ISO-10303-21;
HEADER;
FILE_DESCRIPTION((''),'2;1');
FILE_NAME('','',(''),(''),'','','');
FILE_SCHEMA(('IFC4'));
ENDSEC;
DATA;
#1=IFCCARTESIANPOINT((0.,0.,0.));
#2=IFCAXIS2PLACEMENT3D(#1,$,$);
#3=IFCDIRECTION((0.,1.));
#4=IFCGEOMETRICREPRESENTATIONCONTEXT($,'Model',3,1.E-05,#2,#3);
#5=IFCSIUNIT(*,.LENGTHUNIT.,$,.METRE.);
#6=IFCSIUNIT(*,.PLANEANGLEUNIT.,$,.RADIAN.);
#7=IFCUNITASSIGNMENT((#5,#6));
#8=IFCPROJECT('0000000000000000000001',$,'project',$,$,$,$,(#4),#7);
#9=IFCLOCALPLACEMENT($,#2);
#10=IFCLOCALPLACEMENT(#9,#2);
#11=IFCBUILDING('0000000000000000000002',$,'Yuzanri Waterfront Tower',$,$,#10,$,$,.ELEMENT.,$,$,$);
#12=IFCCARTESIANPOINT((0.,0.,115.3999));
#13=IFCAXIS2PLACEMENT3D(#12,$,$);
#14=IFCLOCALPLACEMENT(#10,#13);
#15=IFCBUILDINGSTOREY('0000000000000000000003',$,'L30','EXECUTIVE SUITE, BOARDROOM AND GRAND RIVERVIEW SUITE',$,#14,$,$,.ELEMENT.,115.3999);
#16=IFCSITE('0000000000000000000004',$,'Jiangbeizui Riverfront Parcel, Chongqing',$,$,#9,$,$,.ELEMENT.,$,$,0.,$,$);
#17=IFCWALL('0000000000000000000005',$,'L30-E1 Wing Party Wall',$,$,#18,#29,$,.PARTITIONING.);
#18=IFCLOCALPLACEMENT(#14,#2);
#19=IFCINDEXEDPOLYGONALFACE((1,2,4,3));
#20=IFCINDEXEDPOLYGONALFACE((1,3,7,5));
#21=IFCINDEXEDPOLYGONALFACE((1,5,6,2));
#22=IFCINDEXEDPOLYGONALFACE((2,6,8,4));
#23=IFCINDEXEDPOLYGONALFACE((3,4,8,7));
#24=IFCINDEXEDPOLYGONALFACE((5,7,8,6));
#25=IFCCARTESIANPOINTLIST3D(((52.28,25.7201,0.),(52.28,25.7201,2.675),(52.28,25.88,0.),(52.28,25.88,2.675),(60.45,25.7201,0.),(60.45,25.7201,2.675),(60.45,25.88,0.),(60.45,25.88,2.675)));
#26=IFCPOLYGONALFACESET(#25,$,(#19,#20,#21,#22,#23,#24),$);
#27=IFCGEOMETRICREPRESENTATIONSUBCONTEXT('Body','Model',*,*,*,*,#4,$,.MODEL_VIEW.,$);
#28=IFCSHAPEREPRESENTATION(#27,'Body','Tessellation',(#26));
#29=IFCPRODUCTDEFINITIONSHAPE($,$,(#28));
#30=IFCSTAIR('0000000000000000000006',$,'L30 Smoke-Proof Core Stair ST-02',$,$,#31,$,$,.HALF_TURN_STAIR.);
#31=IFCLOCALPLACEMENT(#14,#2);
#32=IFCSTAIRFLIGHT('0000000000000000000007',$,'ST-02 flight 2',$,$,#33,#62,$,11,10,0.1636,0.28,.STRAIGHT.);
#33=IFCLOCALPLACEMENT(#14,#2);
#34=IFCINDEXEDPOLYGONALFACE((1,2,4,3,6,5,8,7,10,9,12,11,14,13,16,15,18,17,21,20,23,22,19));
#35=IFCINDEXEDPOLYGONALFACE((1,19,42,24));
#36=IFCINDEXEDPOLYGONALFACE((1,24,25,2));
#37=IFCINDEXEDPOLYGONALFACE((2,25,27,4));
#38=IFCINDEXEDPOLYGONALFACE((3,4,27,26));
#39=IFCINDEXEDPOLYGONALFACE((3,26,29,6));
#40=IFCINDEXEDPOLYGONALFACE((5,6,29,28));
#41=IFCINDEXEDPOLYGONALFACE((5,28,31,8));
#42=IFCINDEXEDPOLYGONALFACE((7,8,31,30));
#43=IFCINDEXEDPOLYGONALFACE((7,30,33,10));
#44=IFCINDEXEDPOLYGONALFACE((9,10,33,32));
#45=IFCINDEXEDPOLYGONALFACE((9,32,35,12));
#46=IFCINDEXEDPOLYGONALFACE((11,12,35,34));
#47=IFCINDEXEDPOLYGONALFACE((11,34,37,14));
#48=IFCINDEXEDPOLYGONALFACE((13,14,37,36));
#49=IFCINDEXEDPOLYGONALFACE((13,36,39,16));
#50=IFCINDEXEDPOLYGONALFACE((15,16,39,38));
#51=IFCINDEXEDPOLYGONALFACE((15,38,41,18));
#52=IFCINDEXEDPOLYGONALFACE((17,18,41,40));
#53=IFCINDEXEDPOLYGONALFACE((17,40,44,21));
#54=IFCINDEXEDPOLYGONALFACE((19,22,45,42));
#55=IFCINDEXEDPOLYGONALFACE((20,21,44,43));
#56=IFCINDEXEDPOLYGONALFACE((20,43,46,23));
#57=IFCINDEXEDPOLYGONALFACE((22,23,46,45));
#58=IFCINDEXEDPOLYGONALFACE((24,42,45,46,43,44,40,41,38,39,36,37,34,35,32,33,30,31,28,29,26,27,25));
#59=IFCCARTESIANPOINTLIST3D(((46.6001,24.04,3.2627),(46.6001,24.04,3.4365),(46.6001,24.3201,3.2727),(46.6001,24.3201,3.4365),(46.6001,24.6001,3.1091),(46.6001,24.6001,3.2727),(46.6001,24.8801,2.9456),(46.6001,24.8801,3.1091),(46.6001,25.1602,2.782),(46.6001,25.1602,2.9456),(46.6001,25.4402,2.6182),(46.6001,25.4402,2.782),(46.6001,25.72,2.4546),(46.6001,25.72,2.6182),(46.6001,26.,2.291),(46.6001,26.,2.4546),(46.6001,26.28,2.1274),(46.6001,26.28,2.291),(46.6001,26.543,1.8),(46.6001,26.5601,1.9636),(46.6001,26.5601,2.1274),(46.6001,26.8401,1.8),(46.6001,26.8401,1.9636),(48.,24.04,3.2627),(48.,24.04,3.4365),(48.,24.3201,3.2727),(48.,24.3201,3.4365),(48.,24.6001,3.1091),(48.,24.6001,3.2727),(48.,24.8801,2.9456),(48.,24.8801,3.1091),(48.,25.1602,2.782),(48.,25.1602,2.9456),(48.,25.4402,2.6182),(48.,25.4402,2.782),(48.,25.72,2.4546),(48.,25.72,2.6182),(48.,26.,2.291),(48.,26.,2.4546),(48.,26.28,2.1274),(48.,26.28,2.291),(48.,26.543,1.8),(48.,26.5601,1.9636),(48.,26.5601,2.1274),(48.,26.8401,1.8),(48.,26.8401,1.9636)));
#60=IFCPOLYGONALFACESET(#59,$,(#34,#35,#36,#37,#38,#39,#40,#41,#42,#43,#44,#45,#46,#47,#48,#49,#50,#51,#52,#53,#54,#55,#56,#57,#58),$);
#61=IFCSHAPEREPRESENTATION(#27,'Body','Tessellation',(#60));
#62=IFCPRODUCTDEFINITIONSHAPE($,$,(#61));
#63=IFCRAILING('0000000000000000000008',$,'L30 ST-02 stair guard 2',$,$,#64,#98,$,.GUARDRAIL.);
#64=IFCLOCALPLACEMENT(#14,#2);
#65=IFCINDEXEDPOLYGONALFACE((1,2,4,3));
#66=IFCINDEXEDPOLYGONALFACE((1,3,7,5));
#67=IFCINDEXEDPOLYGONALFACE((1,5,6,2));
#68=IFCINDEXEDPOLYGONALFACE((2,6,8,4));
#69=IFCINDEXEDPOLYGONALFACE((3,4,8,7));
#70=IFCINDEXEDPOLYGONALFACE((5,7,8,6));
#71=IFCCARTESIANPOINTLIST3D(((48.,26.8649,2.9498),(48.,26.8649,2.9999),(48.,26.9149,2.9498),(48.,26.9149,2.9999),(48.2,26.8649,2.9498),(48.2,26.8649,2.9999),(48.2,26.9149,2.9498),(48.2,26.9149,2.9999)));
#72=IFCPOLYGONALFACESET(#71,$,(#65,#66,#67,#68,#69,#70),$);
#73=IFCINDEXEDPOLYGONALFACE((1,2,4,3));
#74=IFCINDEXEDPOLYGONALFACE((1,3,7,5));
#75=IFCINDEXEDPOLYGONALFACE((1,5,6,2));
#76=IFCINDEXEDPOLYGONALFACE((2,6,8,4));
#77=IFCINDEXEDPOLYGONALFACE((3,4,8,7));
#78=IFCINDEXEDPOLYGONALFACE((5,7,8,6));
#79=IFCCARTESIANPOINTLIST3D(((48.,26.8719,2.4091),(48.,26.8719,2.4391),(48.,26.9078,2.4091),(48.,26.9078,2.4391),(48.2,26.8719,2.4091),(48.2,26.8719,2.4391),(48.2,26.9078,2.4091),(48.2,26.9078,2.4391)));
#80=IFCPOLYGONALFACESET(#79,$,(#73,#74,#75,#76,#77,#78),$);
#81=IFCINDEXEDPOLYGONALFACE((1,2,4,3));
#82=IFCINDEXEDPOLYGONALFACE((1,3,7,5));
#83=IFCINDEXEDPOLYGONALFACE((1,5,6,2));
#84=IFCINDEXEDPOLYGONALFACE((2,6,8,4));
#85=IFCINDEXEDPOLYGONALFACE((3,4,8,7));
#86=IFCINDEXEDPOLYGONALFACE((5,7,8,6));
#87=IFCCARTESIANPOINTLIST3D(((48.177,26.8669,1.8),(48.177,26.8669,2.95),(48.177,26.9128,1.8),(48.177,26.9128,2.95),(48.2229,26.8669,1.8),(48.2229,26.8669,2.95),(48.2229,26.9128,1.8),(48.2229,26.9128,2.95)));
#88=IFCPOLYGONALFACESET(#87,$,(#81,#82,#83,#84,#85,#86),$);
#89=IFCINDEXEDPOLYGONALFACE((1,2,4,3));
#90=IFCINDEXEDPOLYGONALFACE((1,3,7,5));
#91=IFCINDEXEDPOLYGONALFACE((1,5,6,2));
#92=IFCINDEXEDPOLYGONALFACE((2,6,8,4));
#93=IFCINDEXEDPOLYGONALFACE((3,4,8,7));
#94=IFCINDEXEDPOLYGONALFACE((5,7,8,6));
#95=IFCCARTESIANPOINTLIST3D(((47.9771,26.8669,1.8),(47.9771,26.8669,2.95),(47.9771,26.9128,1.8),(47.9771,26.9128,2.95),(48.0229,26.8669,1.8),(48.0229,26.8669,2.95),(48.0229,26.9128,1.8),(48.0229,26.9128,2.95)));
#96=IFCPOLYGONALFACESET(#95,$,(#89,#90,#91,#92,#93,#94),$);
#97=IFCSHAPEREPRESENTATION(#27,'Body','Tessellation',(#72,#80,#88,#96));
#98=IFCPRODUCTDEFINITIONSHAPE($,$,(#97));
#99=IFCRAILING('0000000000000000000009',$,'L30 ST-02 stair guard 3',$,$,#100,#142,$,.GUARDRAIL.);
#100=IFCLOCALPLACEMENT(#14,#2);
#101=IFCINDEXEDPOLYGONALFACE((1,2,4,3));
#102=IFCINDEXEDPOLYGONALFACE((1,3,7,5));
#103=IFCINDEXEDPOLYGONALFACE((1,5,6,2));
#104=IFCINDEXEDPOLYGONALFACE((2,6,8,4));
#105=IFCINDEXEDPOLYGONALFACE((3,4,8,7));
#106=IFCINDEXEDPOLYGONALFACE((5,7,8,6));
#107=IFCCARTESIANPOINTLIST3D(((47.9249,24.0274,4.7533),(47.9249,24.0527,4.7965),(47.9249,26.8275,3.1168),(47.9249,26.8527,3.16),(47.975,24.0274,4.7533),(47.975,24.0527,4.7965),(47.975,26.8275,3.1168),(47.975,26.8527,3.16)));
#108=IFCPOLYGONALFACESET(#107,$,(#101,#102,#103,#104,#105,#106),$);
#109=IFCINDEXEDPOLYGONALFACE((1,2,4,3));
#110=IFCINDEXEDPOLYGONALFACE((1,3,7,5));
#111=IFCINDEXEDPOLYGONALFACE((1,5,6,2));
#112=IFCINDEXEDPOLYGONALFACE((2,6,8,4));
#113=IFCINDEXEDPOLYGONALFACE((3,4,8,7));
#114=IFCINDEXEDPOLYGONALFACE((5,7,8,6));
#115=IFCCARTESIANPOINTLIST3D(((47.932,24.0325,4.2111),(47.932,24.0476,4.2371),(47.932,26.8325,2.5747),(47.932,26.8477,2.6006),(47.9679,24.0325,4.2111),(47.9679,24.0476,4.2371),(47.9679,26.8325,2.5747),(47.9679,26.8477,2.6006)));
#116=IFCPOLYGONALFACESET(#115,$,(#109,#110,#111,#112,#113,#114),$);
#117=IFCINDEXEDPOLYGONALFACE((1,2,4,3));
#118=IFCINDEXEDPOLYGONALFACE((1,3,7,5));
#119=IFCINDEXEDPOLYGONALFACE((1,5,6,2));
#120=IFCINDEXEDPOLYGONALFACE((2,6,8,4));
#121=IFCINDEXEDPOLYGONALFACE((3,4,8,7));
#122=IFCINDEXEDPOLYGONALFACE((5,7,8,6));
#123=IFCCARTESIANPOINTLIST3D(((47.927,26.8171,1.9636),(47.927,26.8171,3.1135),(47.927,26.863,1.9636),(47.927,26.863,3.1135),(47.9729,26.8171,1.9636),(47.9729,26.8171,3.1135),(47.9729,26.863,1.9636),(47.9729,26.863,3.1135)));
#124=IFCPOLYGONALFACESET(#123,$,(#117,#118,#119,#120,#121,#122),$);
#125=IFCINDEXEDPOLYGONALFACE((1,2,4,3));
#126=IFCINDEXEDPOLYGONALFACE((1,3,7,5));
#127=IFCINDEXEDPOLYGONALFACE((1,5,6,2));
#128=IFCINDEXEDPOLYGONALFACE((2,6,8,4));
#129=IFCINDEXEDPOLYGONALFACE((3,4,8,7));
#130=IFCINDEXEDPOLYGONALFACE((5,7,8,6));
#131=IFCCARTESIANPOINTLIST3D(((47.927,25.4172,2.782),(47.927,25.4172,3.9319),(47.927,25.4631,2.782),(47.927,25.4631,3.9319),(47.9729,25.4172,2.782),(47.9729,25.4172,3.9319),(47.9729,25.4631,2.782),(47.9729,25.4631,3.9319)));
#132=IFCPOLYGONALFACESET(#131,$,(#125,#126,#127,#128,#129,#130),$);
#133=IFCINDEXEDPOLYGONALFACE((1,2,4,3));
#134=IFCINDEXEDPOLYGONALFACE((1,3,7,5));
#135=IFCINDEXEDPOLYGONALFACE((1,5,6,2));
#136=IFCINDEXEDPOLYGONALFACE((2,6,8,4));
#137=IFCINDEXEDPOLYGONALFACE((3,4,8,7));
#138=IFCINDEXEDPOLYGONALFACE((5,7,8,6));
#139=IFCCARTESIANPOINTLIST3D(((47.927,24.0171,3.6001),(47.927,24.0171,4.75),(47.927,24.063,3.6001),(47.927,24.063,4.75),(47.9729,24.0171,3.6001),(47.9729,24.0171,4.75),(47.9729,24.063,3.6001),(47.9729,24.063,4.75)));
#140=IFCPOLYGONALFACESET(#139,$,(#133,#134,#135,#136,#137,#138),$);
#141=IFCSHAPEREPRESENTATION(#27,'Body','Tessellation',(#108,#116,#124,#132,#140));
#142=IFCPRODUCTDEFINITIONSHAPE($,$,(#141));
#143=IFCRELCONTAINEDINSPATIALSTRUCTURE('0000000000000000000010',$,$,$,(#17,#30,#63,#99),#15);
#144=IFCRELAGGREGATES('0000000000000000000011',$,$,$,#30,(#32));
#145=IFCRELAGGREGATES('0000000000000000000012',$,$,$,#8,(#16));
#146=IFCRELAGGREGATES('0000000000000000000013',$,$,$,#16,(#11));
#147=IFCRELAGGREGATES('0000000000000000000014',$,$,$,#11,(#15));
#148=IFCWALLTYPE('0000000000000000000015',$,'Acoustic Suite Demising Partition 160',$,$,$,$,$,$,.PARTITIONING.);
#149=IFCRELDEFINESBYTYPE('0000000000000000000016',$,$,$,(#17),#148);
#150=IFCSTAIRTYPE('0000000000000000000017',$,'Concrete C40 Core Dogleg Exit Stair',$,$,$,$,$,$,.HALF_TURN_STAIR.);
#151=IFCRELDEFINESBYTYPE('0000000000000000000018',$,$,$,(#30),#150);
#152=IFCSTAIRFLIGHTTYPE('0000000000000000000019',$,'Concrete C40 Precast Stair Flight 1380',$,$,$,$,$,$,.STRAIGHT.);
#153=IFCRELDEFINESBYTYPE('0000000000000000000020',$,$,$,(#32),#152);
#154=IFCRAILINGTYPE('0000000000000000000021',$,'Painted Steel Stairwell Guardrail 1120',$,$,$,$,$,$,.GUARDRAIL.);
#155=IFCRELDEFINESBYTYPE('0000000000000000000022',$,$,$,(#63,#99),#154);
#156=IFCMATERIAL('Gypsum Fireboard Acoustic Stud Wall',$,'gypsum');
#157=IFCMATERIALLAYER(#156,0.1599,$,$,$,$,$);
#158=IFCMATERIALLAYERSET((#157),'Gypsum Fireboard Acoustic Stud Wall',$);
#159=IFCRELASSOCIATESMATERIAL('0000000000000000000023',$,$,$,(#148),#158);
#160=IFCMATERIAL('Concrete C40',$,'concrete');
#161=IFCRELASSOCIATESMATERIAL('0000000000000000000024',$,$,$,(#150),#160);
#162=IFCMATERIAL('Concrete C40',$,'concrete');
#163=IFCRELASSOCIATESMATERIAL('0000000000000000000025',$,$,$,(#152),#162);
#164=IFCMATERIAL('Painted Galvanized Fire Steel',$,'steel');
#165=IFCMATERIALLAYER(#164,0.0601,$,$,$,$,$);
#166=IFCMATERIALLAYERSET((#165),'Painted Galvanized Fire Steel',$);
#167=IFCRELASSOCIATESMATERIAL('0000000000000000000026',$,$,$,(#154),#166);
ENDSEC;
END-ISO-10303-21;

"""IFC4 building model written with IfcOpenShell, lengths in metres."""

from ifc_helpers import new_model, si_unit, direction, frame, frame_2d, origin, origin_2d, place, context, subcontext, project, spatial, polyline, rectangle, outline, extrude, source, transform, mapped, material, layer, layer_set, type_object, element, aggregate, save


model = new_model("IFC4")

# Units and contexts
model_context = context("Model", 3, precision=1e-05, world=origin(), true_north=direction((0.0, 1.0)))
body_context = subcontext(model_context, "Body", "Model", "MODEL_VIEW")
ifc_project = project(units=[si_unit("LENGTHUNIT", "METRE"), si_unit("PLANEANGLEUNIT", "RADIAN")], contexts=[model_context])

# Site, building, storey
site_placement = place(None, origin())
site = spatial("IfcSite", under=ifc_project, at=site_placement, Name="Jiangbeizui Riverfront Parcel, Chongqing", CompositionType="ELEMENT", RefElevation=0.0)
building_placement = place(site_placement, origin())
building = spatial("IfcBuilding", under=site, at=building_placement, Name="Yuzanri Waterfront Tower", CompositionType="ELEMENT")
storey_placement = place(building_placement, frame((0.0, 0.0, 115.3999)))
storey = spatial("IfcBuildingStorey", under=building, at=storey_placement, Name="L30", Description="EXECUTIVE SUITE, BOARDROOM AND GRAND RIVERVIEW SUITE", CompositionType="ELEMENT", Elevation=115.3999)

# Wall
ifc_material_1 = material(Name="Gypsum Fireboard Acoustic Stud Wall", Category="gypsum")
ifc_layer_1 = layer(ifc_material_1, 0.1599)
ifc_layer_set_1 = layer_set([ifc_layer_1], Name="Gypsum Fireboard Acoustic Stud Wall")
wall_type_1 = type_object("IfcWallType", Name="Acoustic Suite Demising Partition 160", PredefinedType="PARTITIONING", material=ifc_layer_set_1)
shared_shape_1 = source(origin(), body_context, "Body", "SweptSolid", [
    extrude(rectangle(XDim=8.1699, YDim=0.1599, at=frame_2d((4.085, 0.0))), origin(), (0.0, 0.0, 1.0), 2.675),
])
wall_1_placement = place(storey_placement, frame((52.28, 25.8, 0.0), z_axis=(0.0, 0.0, 1.0), x_axis=(1.0, 0.0, 0.0)))
element("IfcWall", 1, at=wall_1_placement, inside=storey, type_object=wall_type_1, Name="L30-E1 Wing Party Wall", PredefinedType="PARTITIONING", context=body_context, shape_type="MappedRepresentation", body=[
    mapped(shared_shape_1, transform((0.0, 0.0, 0.0), scale=1.0)),
])

# Stair, stair flight
ifc_material_2 = material(Name="Concrete C40", Category="concrete")
stair_type = type_object("IfcStairType", Name="Concrete C40 Core Dogleg Exit Stair", PredefinedType="HALF_TURN_STAIR", material=ifc_material_2)
stair_placement = place(storey_placement, origin())
stair = element("IfcStair", 2, at=stair_placement, inside=storey, type_object=stair_type, Name="L30 Smoke-Proof Core Stair ST-02", PredefinedType="HALF_TURN_STAIR")
ifc_material_3 = material(Name="Concrete C40", Category="concrete")
stair_flight_type = type_object("IfcStairFlightType", Name="Concrete C40 Precast Stair Flight 1380", PredefinedType="STRAIGHT", material=ifc_material_3)
shared_shape_2 = source(origin(), body_context, "Body", "SweptSolid", [
    extrude(outline(polyline([(0.0, 0.0), (0.0, 0.1636), (0.28, 0.1636), (0.28, 0.3274), (0.5601, 0.3274), (0.5601, 0.491), (0.8401, 0.491), (0.8401, 0.6545), (1.1201, 0.6545), (1.1201, 0.8181), (1.3999, 0.8181), (1.3999, 0.9819), (1.6799, 0.9819), (1.6799, 1.1455), (1.96, 1.1455), (1.96, 1.3091), (2.24, 1.3091), (2.24, 1.4727), (2.52, 1.4727), (2.52, 1.6365), (2.8, 1.6365), (2.8, 1.8), (2.8, 1.4626), (0.2971, 0.0), (0.0, 0.0)])), frame((0.0, 0.7, 0.0), z_axis=(0.0, -1.0, 0.0), x_axis=(1.0, 0.0, 0.0)), (0.0, 0.0, 1.0), 1.3999),
])
stair_flight_placement = place(storey_placement, frame((47.3, 26.8401, 1.8), z_axis=(0.0, 0.0, 1.0), x_axis=(0.0, -1.0, 0.0)))
stair_flight = element("IfcStairFlight", 3, at=stair_flight_placement, type_object=stair_flight_type, Name="ST-02 flight 2", NumberOfRisers=11, NumberOfTreads=10, PredefinedType="STRAIGHT", RiserHeight=0.1636, TreadLength=0.28, context=body_context, shape_type="MappedRepresentation", body=[
    mapped(shared_shape_2, transform((0.0, 0.0, 0.0), scale=1.0)),
])
aggregate(stair, [stair_flight])

# Railings
ifc_material_4 = material(Name="Painted Galvanized Fire Steel", Category="steel")
ifc_layer_2 = layer(ifc_material_4, 0.0601)
ifc_layer_set_2 = layer_set([ifc_layer_2], Name="Painted Galvanized Fire Steel")
railing_type = type_object("IfcRailingType", Name="Painted Steel Stairwell Guardrail 1120", PredefinedType="GUARDRAIL", material=ifc_layer_set_2)
shared_shape_3 = source(origin(), body_context, "Body", "SweptSolid", [
    extrude(rectangle(XDim=0.05, YDim=0.05, at=origin_2d()), frame((0.0, 0.0, 1.1748), z_axis=(-1.0, 0.0, 0.0), x_axis=(0.0, -1.0, 0.0)), (0.0, 0.0, 1.0), 0.2),
    extrude(rectangle(XDim=0.0359, YDim=0.03, at=origin_2d()), frame((0.0, 0.0, 0.624), z_axis=(-1.0, 0.0, 0.0), x_axis=(0.0, -1.0, 0.0)), (0.0, 0.0, 1.0), 0.2),
    extrude(rectangle(XDim=0.0459, YDim=0.0459, at=origin_2d()), origin(), (0.0, 0.0, 1.0), 1.1499),
    extrude(rectangle(XDim=0.0459, YDim=0.0459, at=origin_2d()), frame((-0.2, 0.0, 0.0)), (0.0, 0.0, 1.0), 1.1499),
])
railing_1_placement = place(storey_placement, frame((48.2, 26.8899, 1.8)))
element("IfcRailing", 4, at=railing_1_placement, inside=storey, type_object=railing_type, Name="L30 ST-02 stair guard 2", PredefinedType="GUARDRAIL", context=body_context, shape_type="MappedRepresentation", body=[
    mapped(shared_shape_3, transform((0.0, 0.0, 0.0), scale=1.0)),
])
shared_shape_4 = source(origin(), body_context, "Body", "SweptSolid", [
    extrude(rectangle(XDim=0.05, YDim=0.05, at=origin_2d()), frame((0.0, 0.0, 1.1748), z_axis=(0.0, -0.863361, 0.504587), x_axis=(1.0, 0.0, 0.0)), (0.0, 0.0, 1.0), 3.2432),
    extrude(rectangle(XDim=0.0359, YDim=0.03, at=origin_2d()), frame((0.0, 0.0, 0.624), z_axis=(0.0, -0.863361, 0.504587), x_axis=(1.0, 0.0, 0.0)), (0.0, 0.0, 1.0), 3.2432),
    extrude(rectangle(XDim=0.0459, YDim=0.0459, at=origin_2d()), origin(), (0.0, 0.0, 1.0), 1.1499),
    extrude(rectangle(XDim=0.0459, YDim=0.0459, at=origin_2d()), frame((0.0, -1.3999, 0.8184)), (0.0, 0.0, 1.0), 1.1499),
    extrude(rectangle(XDim=0.0459, YDim=0.0459, at=origin_2d()), frame((0.0, -2.8, 1.6365)), (0.0, 0.0, 1.0), 1.1499),
])
railing_2_placement = place(storey_placement, frame((47.95, 26.8401, 1.9636)))
element("IfcRailing", 5, at=railing_2_placement, inside=storey, type_object=railing_type, Name="L30 ST-02 stair guard 3", PredefinedType="GUARDRAIL", context=body_context, shape_type="MappedRepresentation", body=[
    mapped(shared_shape_4, transform((0.0, 0.0, 0.0), scale=1.0)),
])

save(model, "model.ifc")
